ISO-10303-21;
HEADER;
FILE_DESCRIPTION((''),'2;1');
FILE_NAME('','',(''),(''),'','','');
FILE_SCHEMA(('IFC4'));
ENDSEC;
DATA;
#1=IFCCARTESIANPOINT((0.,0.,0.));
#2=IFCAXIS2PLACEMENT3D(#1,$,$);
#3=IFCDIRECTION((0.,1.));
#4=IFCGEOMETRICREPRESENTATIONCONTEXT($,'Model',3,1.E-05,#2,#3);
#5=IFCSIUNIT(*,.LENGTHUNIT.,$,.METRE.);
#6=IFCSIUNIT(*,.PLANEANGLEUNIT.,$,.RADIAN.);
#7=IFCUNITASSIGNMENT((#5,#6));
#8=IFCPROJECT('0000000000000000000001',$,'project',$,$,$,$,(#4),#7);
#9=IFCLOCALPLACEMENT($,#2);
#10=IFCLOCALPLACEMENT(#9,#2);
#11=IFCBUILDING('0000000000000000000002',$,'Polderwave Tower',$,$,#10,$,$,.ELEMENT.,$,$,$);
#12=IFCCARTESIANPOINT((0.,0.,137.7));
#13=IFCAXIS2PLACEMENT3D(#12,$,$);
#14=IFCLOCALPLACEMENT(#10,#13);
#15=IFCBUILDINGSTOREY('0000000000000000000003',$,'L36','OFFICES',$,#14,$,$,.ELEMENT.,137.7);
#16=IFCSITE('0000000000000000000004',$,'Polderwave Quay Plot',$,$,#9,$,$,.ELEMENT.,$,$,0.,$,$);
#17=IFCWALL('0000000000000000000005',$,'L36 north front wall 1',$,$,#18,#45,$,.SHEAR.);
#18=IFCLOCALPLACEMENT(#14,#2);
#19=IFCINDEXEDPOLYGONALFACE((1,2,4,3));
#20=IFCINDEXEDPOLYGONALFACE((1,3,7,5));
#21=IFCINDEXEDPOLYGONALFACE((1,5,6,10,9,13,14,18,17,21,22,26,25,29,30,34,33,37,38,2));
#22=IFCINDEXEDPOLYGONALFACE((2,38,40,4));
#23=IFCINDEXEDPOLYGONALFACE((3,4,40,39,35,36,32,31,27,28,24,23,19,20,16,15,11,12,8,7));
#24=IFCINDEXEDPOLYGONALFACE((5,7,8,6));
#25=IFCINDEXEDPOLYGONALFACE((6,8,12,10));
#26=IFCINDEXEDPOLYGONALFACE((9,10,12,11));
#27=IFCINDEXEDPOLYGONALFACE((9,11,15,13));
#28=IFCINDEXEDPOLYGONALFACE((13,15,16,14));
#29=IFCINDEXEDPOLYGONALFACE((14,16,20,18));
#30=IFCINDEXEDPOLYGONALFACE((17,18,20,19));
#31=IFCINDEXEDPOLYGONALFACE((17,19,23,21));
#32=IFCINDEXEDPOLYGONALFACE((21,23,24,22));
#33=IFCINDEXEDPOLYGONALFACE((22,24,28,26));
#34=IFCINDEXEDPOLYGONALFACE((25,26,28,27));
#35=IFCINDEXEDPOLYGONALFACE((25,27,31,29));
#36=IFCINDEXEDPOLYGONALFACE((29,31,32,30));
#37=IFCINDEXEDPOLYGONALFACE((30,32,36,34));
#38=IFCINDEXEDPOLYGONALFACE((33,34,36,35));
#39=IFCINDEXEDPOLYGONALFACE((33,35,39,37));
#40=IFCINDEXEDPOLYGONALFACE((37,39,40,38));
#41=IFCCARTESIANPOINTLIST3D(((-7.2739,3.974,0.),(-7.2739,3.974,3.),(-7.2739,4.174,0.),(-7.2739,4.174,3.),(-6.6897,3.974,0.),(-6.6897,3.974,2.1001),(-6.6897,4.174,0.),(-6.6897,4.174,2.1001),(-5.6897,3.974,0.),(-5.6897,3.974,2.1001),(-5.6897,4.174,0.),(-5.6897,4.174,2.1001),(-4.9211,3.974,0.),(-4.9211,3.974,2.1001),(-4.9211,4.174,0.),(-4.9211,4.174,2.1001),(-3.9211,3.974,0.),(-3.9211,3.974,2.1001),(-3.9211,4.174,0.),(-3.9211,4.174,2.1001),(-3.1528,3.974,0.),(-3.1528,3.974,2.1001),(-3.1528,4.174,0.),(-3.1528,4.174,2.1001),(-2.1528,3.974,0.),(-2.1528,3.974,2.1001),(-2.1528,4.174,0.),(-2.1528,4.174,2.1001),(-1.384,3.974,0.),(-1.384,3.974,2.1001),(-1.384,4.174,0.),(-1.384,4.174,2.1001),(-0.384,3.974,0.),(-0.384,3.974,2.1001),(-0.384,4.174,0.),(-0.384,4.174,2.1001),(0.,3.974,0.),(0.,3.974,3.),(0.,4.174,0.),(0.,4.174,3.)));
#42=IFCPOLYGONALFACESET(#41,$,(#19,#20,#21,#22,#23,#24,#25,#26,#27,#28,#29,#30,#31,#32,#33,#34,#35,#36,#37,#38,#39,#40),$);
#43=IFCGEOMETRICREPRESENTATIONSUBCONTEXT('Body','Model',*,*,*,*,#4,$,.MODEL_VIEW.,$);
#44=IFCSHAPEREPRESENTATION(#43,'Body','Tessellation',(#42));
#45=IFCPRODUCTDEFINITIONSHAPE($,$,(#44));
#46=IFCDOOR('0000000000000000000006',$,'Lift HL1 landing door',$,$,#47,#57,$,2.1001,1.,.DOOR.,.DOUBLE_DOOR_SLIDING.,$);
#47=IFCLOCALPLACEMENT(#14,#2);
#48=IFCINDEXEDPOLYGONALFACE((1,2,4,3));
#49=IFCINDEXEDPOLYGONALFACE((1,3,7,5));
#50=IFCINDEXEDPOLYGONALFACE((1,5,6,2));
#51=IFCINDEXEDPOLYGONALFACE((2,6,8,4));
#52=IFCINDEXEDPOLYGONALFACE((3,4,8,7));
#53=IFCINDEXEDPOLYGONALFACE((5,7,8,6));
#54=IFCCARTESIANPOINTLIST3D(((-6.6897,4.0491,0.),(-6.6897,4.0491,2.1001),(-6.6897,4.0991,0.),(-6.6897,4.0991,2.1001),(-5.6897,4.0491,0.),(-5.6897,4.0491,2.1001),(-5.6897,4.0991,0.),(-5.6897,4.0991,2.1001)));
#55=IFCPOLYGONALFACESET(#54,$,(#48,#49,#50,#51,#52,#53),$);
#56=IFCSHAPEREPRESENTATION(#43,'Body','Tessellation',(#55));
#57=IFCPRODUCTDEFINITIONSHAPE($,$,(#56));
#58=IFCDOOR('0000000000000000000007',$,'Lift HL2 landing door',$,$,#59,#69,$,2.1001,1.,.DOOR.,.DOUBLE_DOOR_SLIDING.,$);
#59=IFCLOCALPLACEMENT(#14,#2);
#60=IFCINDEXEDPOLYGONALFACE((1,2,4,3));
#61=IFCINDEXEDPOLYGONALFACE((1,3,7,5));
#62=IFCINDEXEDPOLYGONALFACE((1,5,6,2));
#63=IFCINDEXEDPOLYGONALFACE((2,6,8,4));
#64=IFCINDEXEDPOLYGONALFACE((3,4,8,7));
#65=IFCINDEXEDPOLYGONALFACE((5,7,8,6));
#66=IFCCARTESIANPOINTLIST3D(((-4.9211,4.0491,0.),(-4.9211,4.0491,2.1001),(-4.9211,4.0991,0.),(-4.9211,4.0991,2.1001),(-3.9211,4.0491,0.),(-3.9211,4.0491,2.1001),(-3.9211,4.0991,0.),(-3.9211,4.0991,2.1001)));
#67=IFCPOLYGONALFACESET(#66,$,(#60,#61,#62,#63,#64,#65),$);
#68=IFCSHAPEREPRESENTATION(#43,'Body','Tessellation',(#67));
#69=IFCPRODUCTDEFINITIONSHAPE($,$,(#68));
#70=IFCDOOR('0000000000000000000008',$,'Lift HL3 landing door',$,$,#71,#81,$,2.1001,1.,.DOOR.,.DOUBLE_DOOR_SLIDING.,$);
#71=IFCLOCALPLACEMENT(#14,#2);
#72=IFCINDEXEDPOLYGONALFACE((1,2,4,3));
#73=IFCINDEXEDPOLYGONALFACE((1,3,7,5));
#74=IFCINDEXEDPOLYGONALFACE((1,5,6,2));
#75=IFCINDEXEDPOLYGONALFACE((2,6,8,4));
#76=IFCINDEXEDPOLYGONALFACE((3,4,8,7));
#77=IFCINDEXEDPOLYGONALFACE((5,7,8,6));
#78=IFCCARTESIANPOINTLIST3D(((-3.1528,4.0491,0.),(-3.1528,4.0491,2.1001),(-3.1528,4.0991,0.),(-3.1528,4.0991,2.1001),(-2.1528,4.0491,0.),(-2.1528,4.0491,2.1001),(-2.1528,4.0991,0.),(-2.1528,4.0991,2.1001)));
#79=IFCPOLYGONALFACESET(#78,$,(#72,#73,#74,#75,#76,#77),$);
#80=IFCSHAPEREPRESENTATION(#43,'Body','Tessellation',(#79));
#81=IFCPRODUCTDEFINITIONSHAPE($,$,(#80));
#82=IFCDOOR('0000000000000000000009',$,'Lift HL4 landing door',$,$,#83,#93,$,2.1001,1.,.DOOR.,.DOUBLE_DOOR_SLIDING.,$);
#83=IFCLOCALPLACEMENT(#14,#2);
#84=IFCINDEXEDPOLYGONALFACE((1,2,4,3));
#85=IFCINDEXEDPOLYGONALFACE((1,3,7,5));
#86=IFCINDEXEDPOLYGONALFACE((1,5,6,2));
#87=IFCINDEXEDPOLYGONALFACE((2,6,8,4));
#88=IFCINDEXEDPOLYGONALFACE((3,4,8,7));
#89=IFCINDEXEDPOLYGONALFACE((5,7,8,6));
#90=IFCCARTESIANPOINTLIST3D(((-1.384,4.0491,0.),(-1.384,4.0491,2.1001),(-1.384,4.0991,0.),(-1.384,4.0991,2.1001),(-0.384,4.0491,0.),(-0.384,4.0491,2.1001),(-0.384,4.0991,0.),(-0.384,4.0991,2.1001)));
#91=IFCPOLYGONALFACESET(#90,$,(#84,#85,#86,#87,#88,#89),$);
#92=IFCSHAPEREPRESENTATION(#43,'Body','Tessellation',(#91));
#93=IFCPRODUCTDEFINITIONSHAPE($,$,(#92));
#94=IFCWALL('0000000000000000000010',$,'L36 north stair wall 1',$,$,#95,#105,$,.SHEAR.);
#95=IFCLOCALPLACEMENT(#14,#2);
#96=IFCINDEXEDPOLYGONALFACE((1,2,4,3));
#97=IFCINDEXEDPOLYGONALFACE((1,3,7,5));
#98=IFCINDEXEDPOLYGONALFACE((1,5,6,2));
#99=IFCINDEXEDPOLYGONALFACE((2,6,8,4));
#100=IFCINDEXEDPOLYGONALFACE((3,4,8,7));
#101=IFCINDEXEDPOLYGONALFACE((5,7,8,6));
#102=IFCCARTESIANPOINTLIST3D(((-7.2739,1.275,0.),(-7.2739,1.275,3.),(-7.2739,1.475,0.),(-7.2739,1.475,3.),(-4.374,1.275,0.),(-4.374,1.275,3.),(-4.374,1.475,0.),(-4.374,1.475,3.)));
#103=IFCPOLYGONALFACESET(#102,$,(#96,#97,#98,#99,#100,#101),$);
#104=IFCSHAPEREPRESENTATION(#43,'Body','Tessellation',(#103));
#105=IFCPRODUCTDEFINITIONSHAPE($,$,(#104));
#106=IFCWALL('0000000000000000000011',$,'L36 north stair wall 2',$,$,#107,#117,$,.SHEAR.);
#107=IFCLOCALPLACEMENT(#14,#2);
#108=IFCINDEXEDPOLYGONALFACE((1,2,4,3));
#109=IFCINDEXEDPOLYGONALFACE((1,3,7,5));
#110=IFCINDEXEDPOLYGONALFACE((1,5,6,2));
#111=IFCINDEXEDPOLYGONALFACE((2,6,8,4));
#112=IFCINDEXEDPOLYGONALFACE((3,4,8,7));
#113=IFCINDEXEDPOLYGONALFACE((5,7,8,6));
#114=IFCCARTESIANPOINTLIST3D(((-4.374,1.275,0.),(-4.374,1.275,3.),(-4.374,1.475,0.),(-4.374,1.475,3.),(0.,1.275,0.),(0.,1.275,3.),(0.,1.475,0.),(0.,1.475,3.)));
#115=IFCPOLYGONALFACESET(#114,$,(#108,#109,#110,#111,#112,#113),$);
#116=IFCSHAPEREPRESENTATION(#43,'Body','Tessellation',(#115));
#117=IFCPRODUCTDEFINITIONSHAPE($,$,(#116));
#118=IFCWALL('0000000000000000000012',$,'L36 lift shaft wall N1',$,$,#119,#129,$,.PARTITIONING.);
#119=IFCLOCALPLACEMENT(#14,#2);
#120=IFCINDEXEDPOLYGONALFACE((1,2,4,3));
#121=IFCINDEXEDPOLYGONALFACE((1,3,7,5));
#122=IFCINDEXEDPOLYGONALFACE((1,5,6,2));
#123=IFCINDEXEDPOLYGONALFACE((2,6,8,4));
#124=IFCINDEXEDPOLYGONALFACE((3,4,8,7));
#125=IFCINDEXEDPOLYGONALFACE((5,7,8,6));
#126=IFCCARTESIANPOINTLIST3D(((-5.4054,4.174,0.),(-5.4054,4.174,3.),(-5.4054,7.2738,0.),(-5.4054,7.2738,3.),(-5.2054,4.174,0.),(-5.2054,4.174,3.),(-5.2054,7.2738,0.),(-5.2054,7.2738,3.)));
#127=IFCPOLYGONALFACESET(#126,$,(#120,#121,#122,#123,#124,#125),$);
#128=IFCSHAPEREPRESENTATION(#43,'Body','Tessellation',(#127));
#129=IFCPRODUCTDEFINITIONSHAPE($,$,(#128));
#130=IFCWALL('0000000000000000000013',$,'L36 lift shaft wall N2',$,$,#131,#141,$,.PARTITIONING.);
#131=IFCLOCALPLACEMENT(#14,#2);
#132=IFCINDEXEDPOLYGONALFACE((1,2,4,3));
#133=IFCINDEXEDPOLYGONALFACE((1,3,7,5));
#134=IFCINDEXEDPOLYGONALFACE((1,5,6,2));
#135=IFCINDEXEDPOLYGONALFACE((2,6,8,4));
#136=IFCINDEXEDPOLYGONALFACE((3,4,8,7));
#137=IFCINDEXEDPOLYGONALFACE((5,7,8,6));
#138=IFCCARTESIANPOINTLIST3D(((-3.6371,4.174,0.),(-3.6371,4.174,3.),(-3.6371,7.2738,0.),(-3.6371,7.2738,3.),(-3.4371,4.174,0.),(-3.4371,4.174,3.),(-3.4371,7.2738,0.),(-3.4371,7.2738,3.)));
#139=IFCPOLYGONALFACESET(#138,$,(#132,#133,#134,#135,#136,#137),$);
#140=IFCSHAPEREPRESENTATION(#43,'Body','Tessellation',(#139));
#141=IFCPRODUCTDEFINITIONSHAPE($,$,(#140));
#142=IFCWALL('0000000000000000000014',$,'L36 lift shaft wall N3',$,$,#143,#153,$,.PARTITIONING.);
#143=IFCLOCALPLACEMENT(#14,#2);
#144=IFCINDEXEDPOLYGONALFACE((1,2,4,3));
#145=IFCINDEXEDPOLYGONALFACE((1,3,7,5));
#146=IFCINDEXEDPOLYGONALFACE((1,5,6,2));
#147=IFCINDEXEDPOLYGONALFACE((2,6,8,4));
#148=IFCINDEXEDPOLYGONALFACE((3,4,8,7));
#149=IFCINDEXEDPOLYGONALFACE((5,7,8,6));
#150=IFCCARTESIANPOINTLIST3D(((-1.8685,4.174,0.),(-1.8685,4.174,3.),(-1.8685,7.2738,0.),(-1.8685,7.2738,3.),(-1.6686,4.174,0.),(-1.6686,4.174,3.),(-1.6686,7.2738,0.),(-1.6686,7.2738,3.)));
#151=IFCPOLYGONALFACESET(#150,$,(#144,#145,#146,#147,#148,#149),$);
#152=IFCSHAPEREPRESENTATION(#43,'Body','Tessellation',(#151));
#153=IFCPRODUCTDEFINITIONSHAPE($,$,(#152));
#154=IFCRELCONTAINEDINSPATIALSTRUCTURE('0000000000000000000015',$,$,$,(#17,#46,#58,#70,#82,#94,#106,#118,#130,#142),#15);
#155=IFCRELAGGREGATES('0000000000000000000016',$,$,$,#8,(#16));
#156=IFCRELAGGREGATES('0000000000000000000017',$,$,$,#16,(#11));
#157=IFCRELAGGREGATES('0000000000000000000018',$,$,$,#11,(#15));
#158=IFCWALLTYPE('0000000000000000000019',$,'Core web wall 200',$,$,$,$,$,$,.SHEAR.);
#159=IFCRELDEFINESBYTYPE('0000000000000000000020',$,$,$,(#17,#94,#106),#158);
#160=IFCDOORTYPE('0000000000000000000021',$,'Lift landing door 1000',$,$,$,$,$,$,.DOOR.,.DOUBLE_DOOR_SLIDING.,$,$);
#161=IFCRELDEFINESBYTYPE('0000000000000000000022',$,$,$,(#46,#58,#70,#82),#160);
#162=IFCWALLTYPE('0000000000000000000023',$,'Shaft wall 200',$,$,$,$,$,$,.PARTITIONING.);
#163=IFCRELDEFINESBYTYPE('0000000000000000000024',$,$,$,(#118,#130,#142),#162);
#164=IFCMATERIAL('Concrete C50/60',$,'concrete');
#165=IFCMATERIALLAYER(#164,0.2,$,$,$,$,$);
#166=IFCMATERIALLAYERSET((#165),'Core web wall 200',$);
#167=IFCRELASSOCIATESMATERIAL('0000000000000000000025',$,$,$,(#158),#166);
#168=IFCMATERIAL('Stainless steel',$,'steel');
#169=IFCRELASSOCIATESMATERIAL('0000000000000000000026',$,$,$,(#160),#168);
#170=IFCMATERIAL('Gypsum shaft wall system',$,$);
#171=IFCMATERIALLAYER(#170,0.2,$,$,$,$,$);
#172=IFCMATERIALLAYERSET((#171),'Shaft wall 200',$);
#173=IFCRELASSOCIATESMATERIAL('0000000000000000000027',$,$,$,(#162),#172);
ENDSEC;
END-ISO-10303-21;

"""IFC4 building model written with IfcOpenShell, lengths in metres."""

from ifc_helpers import new_model, si_unit, direction, frame, frame_2d, origin, place, context, subcontext, project, spatial, rectangle, extrude, material, layer, layer_set, type_object, element, fill, save


model = new_model("IFC4")

# Units and contexts
model_context = context("Model", 3, precision=1e-05, world=origin(), true_north=direction((0.0, 1.0)))
body_context = subcontext(model_context, "Body", "Model", "MODEL_VIEW")
ifc_project = project(units=[si_unit("LENGTHUNIT", "METRE"), si_unit("PLANEANGLEUNIT", "RADIAN")], contexts=[model_context])

# Site, building, storey
site_placement = place(None, origin())
site = spatial("IfcSite", under=ifc_project, at=site_placement, Name="Polderwave Quay Plot", CompositionType="ELEMENT", RefElevation=0.0)
building_placement = place(site_placement, origin())
building = spatial("IfcBuilding", under=site, at=building_placement, Name="Polderwave Tower", CompositionType="ELEMENT")
storey_placement = place(building_placement, frame((0.0, 0.0, 137.7)))
storey = spatial("IfcBuildingStorey", under=building, at=storey_placement, Name="L36", Description="OFFICES", CompositionType="ELEMENT", Elevation=137.7)

# Wall, openings, doors
ifc_material_1 = material(Name="Concrete C50/60", Category="concrete")
ifc_layer_1 = layer(ifc_material_1, 0.2)
ifc_layer_set_1 = layer_set([ifc_layer_1], Name="Core web wall 200")
wall_type_1 = type_object("IfcWallType", Name="Core web wall 200", PredefinedType="SHEAR", material=ifc_layer_set_1)
wall_1_placement = place(storey_placement, frame((-7.2739, 4.074, 0.0), z_axis=(0.0, 0.0, 1.0), x_axis=(1.0, 0.0, 0.0)))
wall_1 = element("IfcWall", 1, at=wall_1_placement, inside=storey, type_object=wall_type_1, Name="L36 north front wall 1", PredefinedType="SHEAR", context=body_context, shape_type="SweptSolid", body=[
    extrude(rectangle(XDim=7.2739, YDim=0.2, at=frame_2d((3.637, 0.0))), origin(), (0.0, 0.0, 1.0), 3.0),
])
opening_1_placement = place(wall_1_placement, frame((0.5842, 0.0, 0.0)))
opening_1 = element("IfcOpeningElement", 2, at=opening_1_placement, cuts=wall_1, PredefinedType="OPENING", context=body_context, shape_type="SweptSolid", body=[
    extrude(rectangle(XDim=1.0, YDim=2.1001, at=frame_2d((0.5, 1.05))), frame((0.0, 0.1099, 0.0), z_axis=(0.0, -1.0, 0.0), x_axis=(1.0, 0.0, 0.0)), (0.0, 0.0, 1.0), 0.22),
])
opening_2_placement = place(wall_1_placement, frame((2.3528, 0.0, 0.0)))
opening_2 = element("IfcOpeningElement", 3, at=opening_2_placement, cuts=wall_1, PredefinedType="OPENING", context=body_context, shape_type="SweptSolid", body=[
    extrude(rectangle(XDim=1.0, YDim=2.1001, at=frame_2d((0.5, 1.05))), frame((0.0, 0.1099, 0.0), z_axis=(0.0, -1.0, 0.0), x_axis=(1.0, 0.0, 0.0)), (0.0, 0.0, 1.0), 0.22),
])
opening_3_placement = place(wall_1_placement, frame((4.1211, 0.0, 0.0)))
opening_3 = element("IfcOpeningElement", 4, at=opening_3_placement, cuts=wall_1, PredefinedType="OPENING", context=body_context, shape_type="SweptSolid", body=[
    extrude(rectangle(XDim=1.0, YDim=2.1001, at=frame_2d((0.5, 1.05))), frame((0.0, 0.1099, 0.0), z_axis=(0.0, -1.0, 0.0), x_axis=(1.0, 0.0, 0.0)), (0.0, 0.0, 1.0), 0.22),
])
opening_4_placement = place(wall_1_placement, frame((5.8899, 0.0, 0.0)))
opening_4 = element("IfcOpeningElement", 5, at=opening_4_placement, cuts=wall_1, PredefinedType="OPENING", context=body_context, shape_type="SweptSolid", body=[
    extrude(rectangle(XDim=1.0, YDim=2.1001, at=frame_2d((0.5, 1.05))), frame((0.0, 0.1099, 0.0), z_axis=(0.0, -1.0, 0.0), x_axis=(1.0, 0.0, 0.0)), (0.0, 0.0, 1.0), 0.22),
])
ifc_material_2 = material(Name="Stainless steel", Category="steel")
door_type = type_object("IfcDoorType", Name="Lift landing door 1000", OperationType="DOUBLE_DOOR_SLIDING", PredefinedType="DOOR", material=ifc_material_2)
door_1_placement = place(opening_1_placement, frame((1.0, 0.0, 0.0), z_axis=(0.0, 0.0, 1.0), x_axis=(-1.0, 0.0, 0.0)))
door_1 = element("IfcDoor", 6, at=door_1_placement, inside=storey, type_object=door_type, Name="Lift HL1 landing door", OperationType="DOUBLE_DOOR_SLIDING", OverallHeight=2.1001, OverallWidth=1.0, PredefinedType="DOOR", context=body_context, shape_type="SweptSolid", body=[
    extrude(rectangle(XDim=1.0, YDim=2.1001, at=frame_2d((0.5, 1.05))), frame((0.0, 0.0249, 0.0), z_axis=(0.0, -1.0, 0.0), x_axis=(1.0, 0.0, 0.0)), (0.0, 0.0, 1.0), 0.05),
])
fill(opening_1, door_1)
door_2_placement = place(opening_2_placement, frame((1.0, 0.0, 0.0), z_axis=(0.0, 0.0, 1.0), x_axis=(-1.0, 0.0, 0.0)))
door_2 = element("IfcDoor", 7, at=door_2_placement, inside=storey, type_object=door_type, Name="Lift HL2 landing door", OperationType="DOUBLE_DOOR_SLIDING", OverallHeight=2.1001, OverallWidth=1.0, PredefinedType="DOOR", context=body_context, shape_type="SweptSolid", body=[
    extrude(rectangle(XDim=1.0, YDim=2.1001, at=frame_2d((0.5, 1.05))), frame((0.0, 0.0249, 0.0), z_axis=(0.0, -1.0, 0.0), x_axis=(1.0, 0.0, 0.0)), (0.0, 0.0, 1.0), 0.05),
])
fill(opening_2, door_2)
door_3_placement = place(opening_3_placement, frame((1.0, 0.0, 0.0), z_axis=(0.0, 0.0, 1.0), x_axis=(-1.0, 0.0, 0.0)))
door_3 = element("IfcDoor", 8, at=door_3_placement, inside=storey, type_object=door_type, Name="Lift HL3 landing door", OperationType="DOUBLE_DOOR_SLIDING", OverallHeight=2.1001, OverallWidth=1.0, PredefinedType="DOOR", context=body_context, shape_type="SweptSolid", body=[
    extrude(rectangle(XDim=1.0, YDim=2.1001, at=frame_2d((0.5, 1.05))), frame((0.0, 0.0249, 0.0), z_axis=(0.0, -1.0, 0.0), x_axis=(1.0, 0.0, 0.0)), (0.0, 0.0, 1.0), 0.05),
])
fill(opening_3, door_3)
door_4_placement = place(opening_4_placement, frame((1.0, 0.0, 0.0), z_axis=(0.0, 0.0, 1.0), x_axis=(-1.0, 0.0, 0.0)))
door_4 = element("IfcDoor", 9, at=door_4_placement, inside=storey, type_object=door_type, Name="Lift HL4 landing door", OperationType="DOUBLE_DOOR_SLIDING", OverallHeight=2.1001, OverallWidth=1.0, PredefinedType="DOOR", context=body_context, shape_type="SweptSolid", body=[
    extrude(rectangle(XDim=1.0, YDim=2.1001, at=frame_2d((0.5, 1.05))), frame((0.0, 0.0249, 0.0), z_axis=(0.0, -1.0, 0.0), x_axis=(1.0, 0.0, 0.0)), (0.0, 0.0, 1.0), 0.05),
])
fill(opening_4, door_4)

# Walls
wall_2_placement = place(storey_placement, frame((-7.2739, 1.375, 0.0), z_axis=(0.0, 0.0, 1.0), x_axis=(1.0, 0.0, 0.0)))
element("IfcWall", 10, at=wall_2_placement, inside=storey, type_object=wall_type_1, Name="L36 north stair wall 1", PredefinedType="SHEAR", context=body_context, shape_type="SweptSolid", body=[
    extrude(rectangle(XDim=2.8999, YDim=0.2, at=frame_2d((1.45, 0.0))), origin(), (0.0, 0.0, 1.0), 3.0),
])
wall_3_placement = place(storey_placement, frame((-4.374, 1.375, 0.0), z_axis=(0.0, 0.0, 1.0), x_axis=(1.0, 0.0, 0.0)))
element("IfcWall", 11, at=wall_3_placement, inside=storey, type_object=wall_type_1, Name="L36 north stair wall 2", PredefinedType="SHEAR", context=body_context, shape_type="SweptSolid", body=[
    extrude(rectangle(XDim=4.374, YDim=0.2, at=frame_2d((2.187, 0.0))), origin(), (0.0, 0.0, 1.0), 3.0),
])
ifc_material_3 = material(Name="Gypsum shaft wall system")
ifc_layer_2 = layer(ifc_material_3, 0.2)
ifc_layer_set_2 = layer_set([ifc_layer_2], Name="Shaft wall 200")
wall_type_2 = type_object("IfcWallType", Name="Shaft wall 200", PredefinedType="PARTITIONING", material=ifc_layer_set_2)
for number, where, z_axis, x_axis, name in (
    (12, (-5.3054, 4.1741, 0.0), (0.0, 0.0, 1.0), (0.0, 1.0, 0.0), "L36 lift shaft wall N1"),
    (13, (-3.5371, 4.1741, 0.0), (0.0, 0.0, 1.0), (0.0, 1.0, 0.0), "L36 lift shaft wall N2"),
    (14, (-1.7686, 4.1741, 0.0), (0.0, 0.0, 1.0), (0.0, 1.0, 0.0), "L36 lift shaft wall N3"),
):
    element("IfcWall", number, at=place(storey_placement, frame(where, z_axis=z_axis, x_axis=x_axis)), inside=storey, type_object=wall_type_2, Name=name, PredefinedType="PARTITIONING", context=body_context, shape_type="SweptSolid", body=[
        extrude(rectangle(XDim=3.0999, YDim=0.2, at=frame_2d((1.5498, 0.0))), origin(), (0.0, 0.0, 1.0), 3.0),
    ])

save(model, "model.ifc")
